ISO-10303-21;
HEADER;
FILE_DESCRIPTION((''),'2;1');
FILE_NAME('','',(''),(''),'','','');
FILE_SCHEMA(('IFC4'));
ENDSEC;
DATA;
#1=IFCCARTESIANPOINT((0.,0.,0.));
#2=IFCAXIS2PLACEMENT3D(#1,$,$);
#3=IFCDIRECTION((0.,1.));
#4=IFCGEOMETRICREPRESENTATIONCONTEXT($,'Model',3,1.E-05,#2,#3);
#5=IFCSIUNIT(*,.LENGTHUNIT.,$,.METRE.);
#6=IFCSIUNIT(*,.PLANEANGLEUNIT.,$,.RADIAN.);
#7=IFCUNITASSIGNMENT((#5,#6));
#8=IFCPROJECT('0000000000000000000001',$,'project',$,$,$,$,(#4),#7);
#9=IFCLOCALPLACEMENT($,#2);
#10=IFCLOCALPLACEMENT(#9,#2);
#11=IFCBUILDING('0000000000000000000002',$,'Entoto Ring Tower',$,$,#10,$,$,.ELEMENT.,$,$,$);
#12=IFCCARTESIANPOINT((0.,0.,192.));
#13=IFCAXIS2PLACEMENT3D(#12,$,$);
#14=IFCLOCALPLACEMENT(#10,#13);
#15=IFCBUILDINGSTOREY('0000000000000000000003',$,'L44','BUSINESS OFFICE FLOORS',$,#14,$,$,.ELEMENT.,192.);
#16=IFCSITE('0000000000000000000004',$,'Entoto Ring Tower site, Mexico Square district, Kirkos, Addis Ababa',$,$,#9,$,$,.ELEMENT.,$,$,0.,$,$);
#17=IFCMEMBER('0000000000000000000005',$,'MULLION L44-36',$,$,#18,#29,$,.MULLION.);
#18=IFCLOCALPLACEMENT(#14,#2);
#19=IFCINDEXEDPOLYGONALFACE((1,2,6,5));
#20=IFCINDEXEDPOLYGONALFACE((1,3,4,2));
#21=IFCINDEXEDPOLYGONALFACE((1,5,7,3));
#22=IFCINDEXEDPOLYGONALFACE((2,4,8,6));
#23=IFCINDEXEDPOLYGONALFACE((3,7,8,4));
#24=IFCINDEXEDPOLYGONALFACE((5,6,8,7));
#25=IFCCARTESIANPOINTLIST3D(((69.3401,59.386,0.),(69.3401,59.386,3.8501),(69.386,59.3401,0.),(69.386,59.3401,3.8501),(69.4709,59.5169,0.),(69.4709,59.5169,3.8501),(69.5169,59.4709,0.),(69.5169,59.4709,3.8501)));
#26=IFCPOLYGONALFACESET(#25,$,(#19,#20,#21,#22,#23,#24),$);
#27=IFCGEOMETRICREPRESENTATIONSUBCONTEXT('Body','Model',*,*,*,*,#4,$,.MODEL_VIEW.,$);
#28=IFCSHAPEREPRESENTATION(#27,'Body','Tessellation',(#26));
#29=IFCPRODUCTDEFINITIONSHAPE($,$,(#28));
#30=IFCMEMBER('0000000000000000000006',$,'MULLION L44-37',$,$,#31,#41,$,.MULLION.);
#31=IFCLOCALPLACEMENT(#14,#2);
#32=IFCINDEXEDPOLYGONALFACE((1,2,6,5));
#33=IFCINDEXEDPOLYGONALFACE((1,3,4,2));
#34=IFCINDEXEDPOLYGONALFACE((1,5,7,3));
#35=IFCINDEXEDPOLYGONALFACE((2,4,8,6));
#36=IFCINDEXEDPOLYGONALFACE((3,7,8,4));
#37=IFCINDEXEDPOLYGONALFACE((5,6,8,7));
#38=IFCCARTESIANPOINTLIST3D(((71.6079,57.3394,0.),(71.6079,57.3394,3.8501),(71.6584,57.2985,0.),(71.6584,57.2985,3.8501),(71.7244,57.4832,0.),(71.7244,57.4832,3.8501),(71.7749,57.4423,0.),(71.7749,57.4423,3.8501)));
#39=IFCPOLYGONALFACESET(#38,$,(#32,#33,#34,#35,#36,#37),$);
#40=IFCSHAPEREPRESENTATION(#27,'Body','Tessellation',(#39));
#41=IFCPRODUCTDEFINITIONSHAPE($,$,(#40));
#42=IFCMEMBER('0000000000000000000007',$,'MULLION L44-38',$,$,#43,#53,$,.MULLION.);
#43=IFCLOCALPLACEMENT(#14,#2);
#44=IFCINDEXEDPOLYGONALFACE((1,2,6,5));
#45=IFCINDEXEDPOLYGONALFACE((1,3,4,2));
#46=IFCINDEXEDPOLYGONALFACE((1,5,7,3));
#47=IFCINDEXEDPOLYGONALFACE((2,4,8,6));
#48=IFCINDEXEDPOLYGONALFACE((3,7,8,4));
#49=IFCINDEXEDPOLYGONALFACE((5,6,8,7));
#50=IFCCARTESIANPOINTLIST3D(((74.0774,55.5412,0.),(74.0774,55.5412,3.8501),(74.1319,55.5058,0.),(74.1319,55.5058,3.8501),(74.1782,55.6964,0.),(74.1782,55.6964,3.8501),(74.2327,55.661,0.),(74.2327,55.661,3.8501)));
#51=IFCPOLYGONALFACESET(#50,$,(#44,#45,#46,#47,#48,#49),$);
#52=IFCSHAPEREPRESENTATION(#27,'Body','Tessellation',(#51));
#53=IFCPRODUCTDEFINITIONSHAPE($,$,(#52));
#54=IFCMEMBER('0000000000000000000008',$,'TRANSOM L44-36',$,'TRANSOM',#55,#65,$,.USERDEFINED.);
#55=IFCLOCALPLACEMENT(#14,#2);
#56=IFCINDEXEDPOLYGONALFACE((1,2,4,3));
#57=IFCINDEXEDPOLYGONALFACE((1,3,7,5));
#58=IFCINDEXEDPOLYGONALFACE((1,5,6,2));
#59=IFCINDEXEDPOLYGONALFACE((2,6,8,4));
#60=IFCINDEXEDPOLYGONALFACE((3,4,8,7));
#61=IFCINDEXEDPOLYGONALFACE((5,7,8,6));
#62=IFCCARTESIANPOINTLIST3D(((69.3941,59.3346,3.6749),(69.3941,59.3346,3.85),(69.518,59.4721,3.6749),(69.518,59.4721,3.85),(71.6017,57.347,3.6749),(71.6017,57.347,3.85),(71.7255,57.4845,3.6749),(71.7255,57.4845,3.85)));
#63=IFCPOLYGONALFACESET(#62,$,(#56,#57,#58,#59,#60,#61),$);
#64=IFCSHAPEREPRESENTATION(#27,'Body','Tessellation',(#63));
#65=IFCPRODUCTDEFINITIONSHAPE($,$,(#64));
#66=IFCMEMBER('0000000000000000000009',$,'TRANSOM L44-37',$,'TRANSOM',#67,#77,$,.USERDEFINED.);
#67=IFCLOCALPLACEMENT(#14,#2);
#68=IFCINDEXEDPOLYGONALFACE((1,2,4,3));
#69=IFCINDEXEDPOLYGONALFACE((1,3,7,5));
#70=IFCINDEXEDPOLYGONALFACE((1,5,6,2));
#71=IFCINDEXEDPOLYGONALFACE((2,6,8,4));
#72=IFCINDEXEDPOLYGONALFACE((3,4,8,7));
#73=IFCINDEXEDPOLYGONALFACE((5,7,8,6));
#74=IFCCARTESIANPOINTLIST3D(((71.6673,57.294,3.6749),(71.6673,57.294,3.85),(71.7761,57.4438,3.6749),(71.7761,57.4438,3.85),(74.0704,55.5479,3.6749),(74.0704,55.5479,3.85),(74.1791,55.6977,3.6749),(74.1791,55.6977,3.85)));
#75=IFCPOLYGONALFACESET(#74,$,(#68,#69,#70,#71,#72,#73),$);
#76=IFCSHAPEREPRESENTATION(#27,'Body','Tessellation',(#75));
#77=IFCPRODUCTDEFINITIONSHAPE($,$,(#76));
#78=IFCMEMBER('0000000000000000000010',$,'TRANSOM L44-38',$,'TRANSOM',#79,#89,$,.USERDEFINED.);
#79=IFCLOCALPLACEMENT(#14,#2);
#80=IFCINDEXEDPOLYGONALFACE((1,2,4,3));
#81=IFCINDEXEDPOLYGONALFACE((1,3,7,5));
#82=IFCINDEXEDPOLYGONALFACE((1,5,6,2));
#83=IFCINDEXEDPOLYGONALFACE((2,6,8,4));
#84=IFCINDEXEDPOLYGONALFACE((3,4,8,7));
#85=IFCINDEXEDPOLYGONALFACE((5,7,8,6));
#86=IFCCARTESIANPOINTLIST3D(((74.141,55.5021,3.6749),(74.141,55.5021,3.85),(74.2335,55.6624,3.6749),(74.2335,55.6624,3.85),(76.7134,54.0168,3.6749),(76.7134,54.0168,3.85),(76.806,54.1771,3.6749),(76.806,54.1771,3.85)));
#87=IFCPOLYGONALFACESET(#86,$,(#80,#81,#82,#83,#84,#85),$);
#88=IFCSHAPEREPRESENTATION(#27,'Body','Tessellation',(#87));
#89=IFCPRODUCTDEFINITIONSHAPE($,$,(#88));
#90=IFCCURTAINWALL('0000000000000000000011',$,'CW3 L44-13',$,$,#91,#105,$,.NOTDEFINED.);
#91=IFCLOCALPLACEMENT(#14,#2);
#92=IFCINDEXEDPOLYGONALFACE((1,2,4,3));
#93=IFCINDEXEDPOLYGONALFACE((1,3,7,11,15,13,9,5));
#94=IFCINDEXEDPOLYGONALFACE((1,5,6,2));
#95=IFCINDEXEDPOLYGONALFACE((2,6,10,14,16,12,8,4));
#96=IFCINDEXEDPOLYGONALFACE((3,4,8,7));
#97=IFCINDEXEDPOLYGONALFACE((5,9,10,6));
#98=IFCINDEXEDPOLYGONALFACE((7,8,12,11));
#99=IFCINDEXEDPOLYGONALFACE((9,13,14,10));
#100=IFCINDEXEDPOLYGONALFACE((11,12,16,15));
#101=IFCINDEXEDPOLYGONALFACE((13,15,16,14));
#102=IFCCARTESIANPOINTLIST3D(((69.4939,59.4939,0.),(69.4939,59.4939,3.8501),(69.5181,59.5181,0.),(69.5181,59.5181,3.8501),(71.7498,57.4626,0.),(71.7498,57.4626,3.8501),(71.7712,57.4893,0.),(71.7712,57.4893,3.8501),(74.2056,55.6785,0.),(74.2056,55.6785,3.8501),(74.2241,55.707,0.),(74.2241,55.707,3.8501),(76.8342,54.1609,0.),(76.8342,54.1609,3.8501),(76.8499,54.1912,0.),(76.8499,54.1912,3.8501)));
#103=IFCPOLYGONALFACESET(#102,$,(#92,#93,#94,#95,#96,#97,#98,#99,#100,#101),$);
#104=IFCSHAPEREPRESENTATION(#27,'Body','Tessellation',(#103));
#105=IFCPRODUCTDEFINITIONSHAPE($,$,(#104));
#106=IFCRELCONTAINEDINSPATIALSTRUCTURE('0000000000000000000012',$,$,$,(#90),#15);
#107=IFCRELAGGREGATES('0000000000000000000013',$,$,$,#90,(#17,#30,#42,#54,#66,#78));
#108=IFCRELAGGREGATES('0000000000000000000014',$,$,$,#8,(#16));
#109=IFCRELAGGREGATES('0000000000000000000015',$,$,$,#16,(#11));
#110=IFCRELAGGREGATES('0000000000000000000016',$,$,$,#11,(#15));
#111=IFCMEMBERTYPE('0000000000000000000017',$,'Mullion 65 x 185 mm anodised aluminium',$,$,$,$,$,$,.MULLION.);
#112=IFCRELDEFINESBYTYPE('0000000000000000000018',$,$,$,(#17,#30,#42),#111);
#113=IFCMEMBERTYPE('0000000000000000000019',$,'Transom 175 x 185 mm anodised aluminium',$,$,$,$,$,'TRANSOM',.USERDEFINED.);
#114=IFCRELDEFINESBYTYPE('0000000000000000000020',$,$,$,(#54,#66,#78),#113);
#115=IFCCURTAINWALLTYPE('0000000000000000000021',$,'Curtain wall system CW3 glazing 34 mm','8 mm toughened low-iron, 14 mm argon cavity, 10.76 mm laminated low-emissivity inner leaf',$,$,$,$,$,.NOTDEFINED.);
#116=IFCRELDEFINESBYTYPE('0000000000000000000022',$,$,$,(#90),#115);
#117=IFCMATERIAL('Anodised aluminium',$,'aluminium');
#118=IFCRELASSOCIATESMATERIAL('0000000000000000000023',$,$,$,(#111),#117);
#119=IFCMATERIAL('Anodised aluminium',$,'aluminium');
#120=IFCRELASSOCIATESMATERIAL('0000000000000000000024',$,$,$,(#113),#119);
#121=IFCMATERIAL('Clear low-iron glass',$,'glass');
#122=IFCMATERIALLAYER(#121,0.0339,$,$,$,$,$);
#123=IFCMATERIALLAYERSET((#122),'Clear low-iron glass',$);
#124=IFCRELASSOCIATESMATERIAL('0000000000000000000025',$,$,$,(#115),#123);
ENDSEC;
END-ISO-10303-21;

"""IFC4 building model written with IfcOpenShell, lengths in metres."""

from ifc_helpers import new_model, si_unit, direction, frame, origin, origin_2d, place, context, subcontext, project, spatial, polyline, rectangle, outline, extrude, material, layer, layer_set, material_profile, profile_set, type_object, element, aggregate, save


model = new_model("IFC4")

# Units and contexts
model_context = context("Model", 3, precision=1e-05, world=origin(), true_north=direction((0.0, 1.0)))
body_context = subcontext(model_context, "Body", "Model", "MODEL_VIEW")
ifc_project = project(units=[si_unit("LENGTHUNIT", "METRE"), si_unit("PLANEANGLEUNIT", "RADIAN")], contexts=[model_context])

# Members
ifc_material_1 = material(Name="Anodised aluminium", Category="aluminium")
ifc_material_profile_1 = material_profile(ifc_material_1, rectangle(XDim=0.0649, YDim=0.1851, at=origin_2d()), Name="Mullion 65 x 185 mm anodised aluminium")
ifc_profile_set_1 = profile_set([ifc_material_profile_1], Name="Anodised aluminium")
member_type_1 = type_object("IfcMemberType", Name="Mullion 65 x 185 mm anodised aluminium", PredefinedType="MULLION", material=ifc_profile_set_1)
site_placement = place(None, origin())
building_placement = place(site_placement, origin())
storey_placement = place(building_placement, frame((0.0, 0.0, 192.0)))
member_1_placement = place(storey_placement, frame((69.4285, 59.4285, 0.0), z_axis=(0.0, 0.0, 1.0), x_axis=(0.707107, -0.707107, 0.0)))
member_1 = element("IfcMember", 1, at=member_1_placement, type_object=member_type_1, Name="MULLION L44-36", PredefinedType="MULLION", context=body_context, shape_type="SweptSolid", body=[
    extrude(rectangle(XDim=0.0649, YDim=0.1851, at=origin_2d()), origin(), (0.0, 0.0, 1.0), 3.8501),
])
member_2_placement = place(storey_placement, frame((71.6914, 57.3909, 0.0), z_axis=(0.0, 0.0, 1.0), x_axis=(0.777146, -0.62932, 0.0)))
member_2 = element("IfcMember", 2, at=member_2_placement, type_object=member_type_1, Name="MULLION L44-37", PredefinedType="MULLION", context=body_context, shape_type="SweptSolid", body=[
    extrude(rectangle(XDim=0.0649, YDim=0.1851, at=origin_2d()), origin(), (0.0, 0.0, 1.0), 3.8501),
])
member_3_placement = place(storey_placement, frame((74.155, 55.6011, 0.0), z_axis=(0.0, 0.0, 1.0), x_axis=(0.838671, -0.544639, 0.0)))
member_3 = element("IfcMember", 3, at=member_3_placement, type_object=member_type_1, Name="MULLION L44-38", PredefinedType="MULLION", context=body_context, shape_type="SweptSolid", body=[
    extrude(rectangle(XDim=0.0649, YDim=0.1851, at=origin_2d()), origin(), (0.0, 0.0, 1.0), 3.8501),
])
ifc_material_2 = material(Name="Anodised aluminium", Category="aluminium")
ifc_material_profile_2 = material_profile(ifc_material_2, rectangle(XDim=0.1851, YDim=0.175, at=origin_2d()), Name="Transom 175 x 185 mm anodised aluminium")
ifc_profile_set_2 = profile_set([ifc_material_profile_2], Name="Anodised aluminium")
member_type_2 = type_object("IfcMemberType", Name="Transom 175 x 185 mm anodised aluminium", ElementType="TRANSOM", PredefinedType="USERDEFINED", material=ifc_profile_set_2)
member_4_placement = place(storey_placement, frame((69.4561, 59.4033, 3.7625), z_axis=(0.743163, -0.66911, 0.0), x_axis=(0.66911, 0.743163, 0.0)))
member_4 = element("IfcMember", 4, at=member_4_placement, type_object=member_type_2, Name="TRANSOM L44-36", ObjectType="TRANSOM", PredefinedType="USERDEFINED", context=body_context, shape_type="SweptSolid", body=[
    extrude(rectangle(XDim=0.1851, YDim=0.175, at=origin_2d()), origin(), (0.0, 0.0, 1.0), 2.9705),
])
member_5_placement = place(storey_placement, frame((71.7217, 57.3689, 3.7625), z_axis=(0.808992, -0.58782, 0.0), x_axis=(0.58782, 0.808992, 0.0)))
member_5 = element("IfcMember", 5, at=member_5_placement, type_object=member_type_2, Name="TRANSOM L44-37", ObjectType="TRANSOM", PredefinedType="USERDEFINED", context=body_context, shape_type="SweptSolid", body=[
    extrude(rectangle(XDim=0.1851, YDim=0.175, at=origin_2d()), origin(), (0.0, 0.0, 1.0), 2.9705),
])
member_6_placement = place(storey_placement, frame((74.1873, 55.5823, 3.7625), z_axis=(0.866009, -0.500028, 0.0), x_axis=(0.500028, 0.866009, 0.0)))
member_6 = element("IfcMember", 6, at=member_6_placement, type_object=member_type_2, Name="TRANSOM L44-38", ObjectType="TRANSOM", PredefinedType="USERDEFINED", context=body_context, shape_type="SweptSolid", body=[
    extrude(rectangle(XDim=0.1851, YDim=0.175, at=origin_2d()), origin(), (0.0, 0.0, 1.0), 2.9705),
])

# Site, building, storey
site = spatial("IfcSite", under=ifc_project, at=site_placement, Name="Entoto Ring Tower site, Mexico Square district, Kirkos, Addis Ababa", CompositionType="ELEMENT", RefElevation=0.0)
building = spatial("IfcBuilding", under=site, at=building_placement, Name="Entoto Ring Tower", CompositionType="ELEMENT")
storey = spatial("IfcBuildingStorey", under=building, at=storey_placement, Name="L44", Description="BUSINESS OFFICE FLOORS", CompositionType="ELEMENT", Elevation=192.0)

# Curtain wall
ifc_material_3 = material(Name="Clear low-iron glass", Category="glass")
ifc_layer = layer(ifc_material_3, 0.0339)
ifc_layer_set = layer_set([ifc_layer], Name="Clear low-iron glass")
curtain_wall_type = type_object("IfcCurtainWallType", Name="Curtain wall system CW3 glazing 34 mm", Description="8 mm toughened low-iron, 14 mm argon cavity, 10.76 mm laminated low-emissivity inner leaf", PredefinedType="NOTDEFINED", material=ifc_layer_set)
curtain_wall_1_placement = place(storey_placement, origin())
curtain_wall_1 = element("IfcCurtainWall", 7, at=curtain_wall_1_placement, inside=storey, type_object=curtain_wall_type, Name="CW3 L44-13", PredefinedType="NOTDEFINED", context=body_context, shape_type="SweptSolid", body=[
    extrude(outline(polyline([(69.4939, 59.4939), (71.7498, 57.4626), (74.2056, 55.6785), (76.8342, 54.1609), (76.8499, 54.1912), (74.2241, 55.707), (71.7712, 57.4893), (69.5181, 59.5181), (69.4939, 59.4939)])), origin(), (0.0, 0.0, 1.0), 3.8501),
])
aggregate(curtain_wall_1, [member_1, member_2, member_3, member_4, member_5, member_6])

save(model, "model.ifc")
